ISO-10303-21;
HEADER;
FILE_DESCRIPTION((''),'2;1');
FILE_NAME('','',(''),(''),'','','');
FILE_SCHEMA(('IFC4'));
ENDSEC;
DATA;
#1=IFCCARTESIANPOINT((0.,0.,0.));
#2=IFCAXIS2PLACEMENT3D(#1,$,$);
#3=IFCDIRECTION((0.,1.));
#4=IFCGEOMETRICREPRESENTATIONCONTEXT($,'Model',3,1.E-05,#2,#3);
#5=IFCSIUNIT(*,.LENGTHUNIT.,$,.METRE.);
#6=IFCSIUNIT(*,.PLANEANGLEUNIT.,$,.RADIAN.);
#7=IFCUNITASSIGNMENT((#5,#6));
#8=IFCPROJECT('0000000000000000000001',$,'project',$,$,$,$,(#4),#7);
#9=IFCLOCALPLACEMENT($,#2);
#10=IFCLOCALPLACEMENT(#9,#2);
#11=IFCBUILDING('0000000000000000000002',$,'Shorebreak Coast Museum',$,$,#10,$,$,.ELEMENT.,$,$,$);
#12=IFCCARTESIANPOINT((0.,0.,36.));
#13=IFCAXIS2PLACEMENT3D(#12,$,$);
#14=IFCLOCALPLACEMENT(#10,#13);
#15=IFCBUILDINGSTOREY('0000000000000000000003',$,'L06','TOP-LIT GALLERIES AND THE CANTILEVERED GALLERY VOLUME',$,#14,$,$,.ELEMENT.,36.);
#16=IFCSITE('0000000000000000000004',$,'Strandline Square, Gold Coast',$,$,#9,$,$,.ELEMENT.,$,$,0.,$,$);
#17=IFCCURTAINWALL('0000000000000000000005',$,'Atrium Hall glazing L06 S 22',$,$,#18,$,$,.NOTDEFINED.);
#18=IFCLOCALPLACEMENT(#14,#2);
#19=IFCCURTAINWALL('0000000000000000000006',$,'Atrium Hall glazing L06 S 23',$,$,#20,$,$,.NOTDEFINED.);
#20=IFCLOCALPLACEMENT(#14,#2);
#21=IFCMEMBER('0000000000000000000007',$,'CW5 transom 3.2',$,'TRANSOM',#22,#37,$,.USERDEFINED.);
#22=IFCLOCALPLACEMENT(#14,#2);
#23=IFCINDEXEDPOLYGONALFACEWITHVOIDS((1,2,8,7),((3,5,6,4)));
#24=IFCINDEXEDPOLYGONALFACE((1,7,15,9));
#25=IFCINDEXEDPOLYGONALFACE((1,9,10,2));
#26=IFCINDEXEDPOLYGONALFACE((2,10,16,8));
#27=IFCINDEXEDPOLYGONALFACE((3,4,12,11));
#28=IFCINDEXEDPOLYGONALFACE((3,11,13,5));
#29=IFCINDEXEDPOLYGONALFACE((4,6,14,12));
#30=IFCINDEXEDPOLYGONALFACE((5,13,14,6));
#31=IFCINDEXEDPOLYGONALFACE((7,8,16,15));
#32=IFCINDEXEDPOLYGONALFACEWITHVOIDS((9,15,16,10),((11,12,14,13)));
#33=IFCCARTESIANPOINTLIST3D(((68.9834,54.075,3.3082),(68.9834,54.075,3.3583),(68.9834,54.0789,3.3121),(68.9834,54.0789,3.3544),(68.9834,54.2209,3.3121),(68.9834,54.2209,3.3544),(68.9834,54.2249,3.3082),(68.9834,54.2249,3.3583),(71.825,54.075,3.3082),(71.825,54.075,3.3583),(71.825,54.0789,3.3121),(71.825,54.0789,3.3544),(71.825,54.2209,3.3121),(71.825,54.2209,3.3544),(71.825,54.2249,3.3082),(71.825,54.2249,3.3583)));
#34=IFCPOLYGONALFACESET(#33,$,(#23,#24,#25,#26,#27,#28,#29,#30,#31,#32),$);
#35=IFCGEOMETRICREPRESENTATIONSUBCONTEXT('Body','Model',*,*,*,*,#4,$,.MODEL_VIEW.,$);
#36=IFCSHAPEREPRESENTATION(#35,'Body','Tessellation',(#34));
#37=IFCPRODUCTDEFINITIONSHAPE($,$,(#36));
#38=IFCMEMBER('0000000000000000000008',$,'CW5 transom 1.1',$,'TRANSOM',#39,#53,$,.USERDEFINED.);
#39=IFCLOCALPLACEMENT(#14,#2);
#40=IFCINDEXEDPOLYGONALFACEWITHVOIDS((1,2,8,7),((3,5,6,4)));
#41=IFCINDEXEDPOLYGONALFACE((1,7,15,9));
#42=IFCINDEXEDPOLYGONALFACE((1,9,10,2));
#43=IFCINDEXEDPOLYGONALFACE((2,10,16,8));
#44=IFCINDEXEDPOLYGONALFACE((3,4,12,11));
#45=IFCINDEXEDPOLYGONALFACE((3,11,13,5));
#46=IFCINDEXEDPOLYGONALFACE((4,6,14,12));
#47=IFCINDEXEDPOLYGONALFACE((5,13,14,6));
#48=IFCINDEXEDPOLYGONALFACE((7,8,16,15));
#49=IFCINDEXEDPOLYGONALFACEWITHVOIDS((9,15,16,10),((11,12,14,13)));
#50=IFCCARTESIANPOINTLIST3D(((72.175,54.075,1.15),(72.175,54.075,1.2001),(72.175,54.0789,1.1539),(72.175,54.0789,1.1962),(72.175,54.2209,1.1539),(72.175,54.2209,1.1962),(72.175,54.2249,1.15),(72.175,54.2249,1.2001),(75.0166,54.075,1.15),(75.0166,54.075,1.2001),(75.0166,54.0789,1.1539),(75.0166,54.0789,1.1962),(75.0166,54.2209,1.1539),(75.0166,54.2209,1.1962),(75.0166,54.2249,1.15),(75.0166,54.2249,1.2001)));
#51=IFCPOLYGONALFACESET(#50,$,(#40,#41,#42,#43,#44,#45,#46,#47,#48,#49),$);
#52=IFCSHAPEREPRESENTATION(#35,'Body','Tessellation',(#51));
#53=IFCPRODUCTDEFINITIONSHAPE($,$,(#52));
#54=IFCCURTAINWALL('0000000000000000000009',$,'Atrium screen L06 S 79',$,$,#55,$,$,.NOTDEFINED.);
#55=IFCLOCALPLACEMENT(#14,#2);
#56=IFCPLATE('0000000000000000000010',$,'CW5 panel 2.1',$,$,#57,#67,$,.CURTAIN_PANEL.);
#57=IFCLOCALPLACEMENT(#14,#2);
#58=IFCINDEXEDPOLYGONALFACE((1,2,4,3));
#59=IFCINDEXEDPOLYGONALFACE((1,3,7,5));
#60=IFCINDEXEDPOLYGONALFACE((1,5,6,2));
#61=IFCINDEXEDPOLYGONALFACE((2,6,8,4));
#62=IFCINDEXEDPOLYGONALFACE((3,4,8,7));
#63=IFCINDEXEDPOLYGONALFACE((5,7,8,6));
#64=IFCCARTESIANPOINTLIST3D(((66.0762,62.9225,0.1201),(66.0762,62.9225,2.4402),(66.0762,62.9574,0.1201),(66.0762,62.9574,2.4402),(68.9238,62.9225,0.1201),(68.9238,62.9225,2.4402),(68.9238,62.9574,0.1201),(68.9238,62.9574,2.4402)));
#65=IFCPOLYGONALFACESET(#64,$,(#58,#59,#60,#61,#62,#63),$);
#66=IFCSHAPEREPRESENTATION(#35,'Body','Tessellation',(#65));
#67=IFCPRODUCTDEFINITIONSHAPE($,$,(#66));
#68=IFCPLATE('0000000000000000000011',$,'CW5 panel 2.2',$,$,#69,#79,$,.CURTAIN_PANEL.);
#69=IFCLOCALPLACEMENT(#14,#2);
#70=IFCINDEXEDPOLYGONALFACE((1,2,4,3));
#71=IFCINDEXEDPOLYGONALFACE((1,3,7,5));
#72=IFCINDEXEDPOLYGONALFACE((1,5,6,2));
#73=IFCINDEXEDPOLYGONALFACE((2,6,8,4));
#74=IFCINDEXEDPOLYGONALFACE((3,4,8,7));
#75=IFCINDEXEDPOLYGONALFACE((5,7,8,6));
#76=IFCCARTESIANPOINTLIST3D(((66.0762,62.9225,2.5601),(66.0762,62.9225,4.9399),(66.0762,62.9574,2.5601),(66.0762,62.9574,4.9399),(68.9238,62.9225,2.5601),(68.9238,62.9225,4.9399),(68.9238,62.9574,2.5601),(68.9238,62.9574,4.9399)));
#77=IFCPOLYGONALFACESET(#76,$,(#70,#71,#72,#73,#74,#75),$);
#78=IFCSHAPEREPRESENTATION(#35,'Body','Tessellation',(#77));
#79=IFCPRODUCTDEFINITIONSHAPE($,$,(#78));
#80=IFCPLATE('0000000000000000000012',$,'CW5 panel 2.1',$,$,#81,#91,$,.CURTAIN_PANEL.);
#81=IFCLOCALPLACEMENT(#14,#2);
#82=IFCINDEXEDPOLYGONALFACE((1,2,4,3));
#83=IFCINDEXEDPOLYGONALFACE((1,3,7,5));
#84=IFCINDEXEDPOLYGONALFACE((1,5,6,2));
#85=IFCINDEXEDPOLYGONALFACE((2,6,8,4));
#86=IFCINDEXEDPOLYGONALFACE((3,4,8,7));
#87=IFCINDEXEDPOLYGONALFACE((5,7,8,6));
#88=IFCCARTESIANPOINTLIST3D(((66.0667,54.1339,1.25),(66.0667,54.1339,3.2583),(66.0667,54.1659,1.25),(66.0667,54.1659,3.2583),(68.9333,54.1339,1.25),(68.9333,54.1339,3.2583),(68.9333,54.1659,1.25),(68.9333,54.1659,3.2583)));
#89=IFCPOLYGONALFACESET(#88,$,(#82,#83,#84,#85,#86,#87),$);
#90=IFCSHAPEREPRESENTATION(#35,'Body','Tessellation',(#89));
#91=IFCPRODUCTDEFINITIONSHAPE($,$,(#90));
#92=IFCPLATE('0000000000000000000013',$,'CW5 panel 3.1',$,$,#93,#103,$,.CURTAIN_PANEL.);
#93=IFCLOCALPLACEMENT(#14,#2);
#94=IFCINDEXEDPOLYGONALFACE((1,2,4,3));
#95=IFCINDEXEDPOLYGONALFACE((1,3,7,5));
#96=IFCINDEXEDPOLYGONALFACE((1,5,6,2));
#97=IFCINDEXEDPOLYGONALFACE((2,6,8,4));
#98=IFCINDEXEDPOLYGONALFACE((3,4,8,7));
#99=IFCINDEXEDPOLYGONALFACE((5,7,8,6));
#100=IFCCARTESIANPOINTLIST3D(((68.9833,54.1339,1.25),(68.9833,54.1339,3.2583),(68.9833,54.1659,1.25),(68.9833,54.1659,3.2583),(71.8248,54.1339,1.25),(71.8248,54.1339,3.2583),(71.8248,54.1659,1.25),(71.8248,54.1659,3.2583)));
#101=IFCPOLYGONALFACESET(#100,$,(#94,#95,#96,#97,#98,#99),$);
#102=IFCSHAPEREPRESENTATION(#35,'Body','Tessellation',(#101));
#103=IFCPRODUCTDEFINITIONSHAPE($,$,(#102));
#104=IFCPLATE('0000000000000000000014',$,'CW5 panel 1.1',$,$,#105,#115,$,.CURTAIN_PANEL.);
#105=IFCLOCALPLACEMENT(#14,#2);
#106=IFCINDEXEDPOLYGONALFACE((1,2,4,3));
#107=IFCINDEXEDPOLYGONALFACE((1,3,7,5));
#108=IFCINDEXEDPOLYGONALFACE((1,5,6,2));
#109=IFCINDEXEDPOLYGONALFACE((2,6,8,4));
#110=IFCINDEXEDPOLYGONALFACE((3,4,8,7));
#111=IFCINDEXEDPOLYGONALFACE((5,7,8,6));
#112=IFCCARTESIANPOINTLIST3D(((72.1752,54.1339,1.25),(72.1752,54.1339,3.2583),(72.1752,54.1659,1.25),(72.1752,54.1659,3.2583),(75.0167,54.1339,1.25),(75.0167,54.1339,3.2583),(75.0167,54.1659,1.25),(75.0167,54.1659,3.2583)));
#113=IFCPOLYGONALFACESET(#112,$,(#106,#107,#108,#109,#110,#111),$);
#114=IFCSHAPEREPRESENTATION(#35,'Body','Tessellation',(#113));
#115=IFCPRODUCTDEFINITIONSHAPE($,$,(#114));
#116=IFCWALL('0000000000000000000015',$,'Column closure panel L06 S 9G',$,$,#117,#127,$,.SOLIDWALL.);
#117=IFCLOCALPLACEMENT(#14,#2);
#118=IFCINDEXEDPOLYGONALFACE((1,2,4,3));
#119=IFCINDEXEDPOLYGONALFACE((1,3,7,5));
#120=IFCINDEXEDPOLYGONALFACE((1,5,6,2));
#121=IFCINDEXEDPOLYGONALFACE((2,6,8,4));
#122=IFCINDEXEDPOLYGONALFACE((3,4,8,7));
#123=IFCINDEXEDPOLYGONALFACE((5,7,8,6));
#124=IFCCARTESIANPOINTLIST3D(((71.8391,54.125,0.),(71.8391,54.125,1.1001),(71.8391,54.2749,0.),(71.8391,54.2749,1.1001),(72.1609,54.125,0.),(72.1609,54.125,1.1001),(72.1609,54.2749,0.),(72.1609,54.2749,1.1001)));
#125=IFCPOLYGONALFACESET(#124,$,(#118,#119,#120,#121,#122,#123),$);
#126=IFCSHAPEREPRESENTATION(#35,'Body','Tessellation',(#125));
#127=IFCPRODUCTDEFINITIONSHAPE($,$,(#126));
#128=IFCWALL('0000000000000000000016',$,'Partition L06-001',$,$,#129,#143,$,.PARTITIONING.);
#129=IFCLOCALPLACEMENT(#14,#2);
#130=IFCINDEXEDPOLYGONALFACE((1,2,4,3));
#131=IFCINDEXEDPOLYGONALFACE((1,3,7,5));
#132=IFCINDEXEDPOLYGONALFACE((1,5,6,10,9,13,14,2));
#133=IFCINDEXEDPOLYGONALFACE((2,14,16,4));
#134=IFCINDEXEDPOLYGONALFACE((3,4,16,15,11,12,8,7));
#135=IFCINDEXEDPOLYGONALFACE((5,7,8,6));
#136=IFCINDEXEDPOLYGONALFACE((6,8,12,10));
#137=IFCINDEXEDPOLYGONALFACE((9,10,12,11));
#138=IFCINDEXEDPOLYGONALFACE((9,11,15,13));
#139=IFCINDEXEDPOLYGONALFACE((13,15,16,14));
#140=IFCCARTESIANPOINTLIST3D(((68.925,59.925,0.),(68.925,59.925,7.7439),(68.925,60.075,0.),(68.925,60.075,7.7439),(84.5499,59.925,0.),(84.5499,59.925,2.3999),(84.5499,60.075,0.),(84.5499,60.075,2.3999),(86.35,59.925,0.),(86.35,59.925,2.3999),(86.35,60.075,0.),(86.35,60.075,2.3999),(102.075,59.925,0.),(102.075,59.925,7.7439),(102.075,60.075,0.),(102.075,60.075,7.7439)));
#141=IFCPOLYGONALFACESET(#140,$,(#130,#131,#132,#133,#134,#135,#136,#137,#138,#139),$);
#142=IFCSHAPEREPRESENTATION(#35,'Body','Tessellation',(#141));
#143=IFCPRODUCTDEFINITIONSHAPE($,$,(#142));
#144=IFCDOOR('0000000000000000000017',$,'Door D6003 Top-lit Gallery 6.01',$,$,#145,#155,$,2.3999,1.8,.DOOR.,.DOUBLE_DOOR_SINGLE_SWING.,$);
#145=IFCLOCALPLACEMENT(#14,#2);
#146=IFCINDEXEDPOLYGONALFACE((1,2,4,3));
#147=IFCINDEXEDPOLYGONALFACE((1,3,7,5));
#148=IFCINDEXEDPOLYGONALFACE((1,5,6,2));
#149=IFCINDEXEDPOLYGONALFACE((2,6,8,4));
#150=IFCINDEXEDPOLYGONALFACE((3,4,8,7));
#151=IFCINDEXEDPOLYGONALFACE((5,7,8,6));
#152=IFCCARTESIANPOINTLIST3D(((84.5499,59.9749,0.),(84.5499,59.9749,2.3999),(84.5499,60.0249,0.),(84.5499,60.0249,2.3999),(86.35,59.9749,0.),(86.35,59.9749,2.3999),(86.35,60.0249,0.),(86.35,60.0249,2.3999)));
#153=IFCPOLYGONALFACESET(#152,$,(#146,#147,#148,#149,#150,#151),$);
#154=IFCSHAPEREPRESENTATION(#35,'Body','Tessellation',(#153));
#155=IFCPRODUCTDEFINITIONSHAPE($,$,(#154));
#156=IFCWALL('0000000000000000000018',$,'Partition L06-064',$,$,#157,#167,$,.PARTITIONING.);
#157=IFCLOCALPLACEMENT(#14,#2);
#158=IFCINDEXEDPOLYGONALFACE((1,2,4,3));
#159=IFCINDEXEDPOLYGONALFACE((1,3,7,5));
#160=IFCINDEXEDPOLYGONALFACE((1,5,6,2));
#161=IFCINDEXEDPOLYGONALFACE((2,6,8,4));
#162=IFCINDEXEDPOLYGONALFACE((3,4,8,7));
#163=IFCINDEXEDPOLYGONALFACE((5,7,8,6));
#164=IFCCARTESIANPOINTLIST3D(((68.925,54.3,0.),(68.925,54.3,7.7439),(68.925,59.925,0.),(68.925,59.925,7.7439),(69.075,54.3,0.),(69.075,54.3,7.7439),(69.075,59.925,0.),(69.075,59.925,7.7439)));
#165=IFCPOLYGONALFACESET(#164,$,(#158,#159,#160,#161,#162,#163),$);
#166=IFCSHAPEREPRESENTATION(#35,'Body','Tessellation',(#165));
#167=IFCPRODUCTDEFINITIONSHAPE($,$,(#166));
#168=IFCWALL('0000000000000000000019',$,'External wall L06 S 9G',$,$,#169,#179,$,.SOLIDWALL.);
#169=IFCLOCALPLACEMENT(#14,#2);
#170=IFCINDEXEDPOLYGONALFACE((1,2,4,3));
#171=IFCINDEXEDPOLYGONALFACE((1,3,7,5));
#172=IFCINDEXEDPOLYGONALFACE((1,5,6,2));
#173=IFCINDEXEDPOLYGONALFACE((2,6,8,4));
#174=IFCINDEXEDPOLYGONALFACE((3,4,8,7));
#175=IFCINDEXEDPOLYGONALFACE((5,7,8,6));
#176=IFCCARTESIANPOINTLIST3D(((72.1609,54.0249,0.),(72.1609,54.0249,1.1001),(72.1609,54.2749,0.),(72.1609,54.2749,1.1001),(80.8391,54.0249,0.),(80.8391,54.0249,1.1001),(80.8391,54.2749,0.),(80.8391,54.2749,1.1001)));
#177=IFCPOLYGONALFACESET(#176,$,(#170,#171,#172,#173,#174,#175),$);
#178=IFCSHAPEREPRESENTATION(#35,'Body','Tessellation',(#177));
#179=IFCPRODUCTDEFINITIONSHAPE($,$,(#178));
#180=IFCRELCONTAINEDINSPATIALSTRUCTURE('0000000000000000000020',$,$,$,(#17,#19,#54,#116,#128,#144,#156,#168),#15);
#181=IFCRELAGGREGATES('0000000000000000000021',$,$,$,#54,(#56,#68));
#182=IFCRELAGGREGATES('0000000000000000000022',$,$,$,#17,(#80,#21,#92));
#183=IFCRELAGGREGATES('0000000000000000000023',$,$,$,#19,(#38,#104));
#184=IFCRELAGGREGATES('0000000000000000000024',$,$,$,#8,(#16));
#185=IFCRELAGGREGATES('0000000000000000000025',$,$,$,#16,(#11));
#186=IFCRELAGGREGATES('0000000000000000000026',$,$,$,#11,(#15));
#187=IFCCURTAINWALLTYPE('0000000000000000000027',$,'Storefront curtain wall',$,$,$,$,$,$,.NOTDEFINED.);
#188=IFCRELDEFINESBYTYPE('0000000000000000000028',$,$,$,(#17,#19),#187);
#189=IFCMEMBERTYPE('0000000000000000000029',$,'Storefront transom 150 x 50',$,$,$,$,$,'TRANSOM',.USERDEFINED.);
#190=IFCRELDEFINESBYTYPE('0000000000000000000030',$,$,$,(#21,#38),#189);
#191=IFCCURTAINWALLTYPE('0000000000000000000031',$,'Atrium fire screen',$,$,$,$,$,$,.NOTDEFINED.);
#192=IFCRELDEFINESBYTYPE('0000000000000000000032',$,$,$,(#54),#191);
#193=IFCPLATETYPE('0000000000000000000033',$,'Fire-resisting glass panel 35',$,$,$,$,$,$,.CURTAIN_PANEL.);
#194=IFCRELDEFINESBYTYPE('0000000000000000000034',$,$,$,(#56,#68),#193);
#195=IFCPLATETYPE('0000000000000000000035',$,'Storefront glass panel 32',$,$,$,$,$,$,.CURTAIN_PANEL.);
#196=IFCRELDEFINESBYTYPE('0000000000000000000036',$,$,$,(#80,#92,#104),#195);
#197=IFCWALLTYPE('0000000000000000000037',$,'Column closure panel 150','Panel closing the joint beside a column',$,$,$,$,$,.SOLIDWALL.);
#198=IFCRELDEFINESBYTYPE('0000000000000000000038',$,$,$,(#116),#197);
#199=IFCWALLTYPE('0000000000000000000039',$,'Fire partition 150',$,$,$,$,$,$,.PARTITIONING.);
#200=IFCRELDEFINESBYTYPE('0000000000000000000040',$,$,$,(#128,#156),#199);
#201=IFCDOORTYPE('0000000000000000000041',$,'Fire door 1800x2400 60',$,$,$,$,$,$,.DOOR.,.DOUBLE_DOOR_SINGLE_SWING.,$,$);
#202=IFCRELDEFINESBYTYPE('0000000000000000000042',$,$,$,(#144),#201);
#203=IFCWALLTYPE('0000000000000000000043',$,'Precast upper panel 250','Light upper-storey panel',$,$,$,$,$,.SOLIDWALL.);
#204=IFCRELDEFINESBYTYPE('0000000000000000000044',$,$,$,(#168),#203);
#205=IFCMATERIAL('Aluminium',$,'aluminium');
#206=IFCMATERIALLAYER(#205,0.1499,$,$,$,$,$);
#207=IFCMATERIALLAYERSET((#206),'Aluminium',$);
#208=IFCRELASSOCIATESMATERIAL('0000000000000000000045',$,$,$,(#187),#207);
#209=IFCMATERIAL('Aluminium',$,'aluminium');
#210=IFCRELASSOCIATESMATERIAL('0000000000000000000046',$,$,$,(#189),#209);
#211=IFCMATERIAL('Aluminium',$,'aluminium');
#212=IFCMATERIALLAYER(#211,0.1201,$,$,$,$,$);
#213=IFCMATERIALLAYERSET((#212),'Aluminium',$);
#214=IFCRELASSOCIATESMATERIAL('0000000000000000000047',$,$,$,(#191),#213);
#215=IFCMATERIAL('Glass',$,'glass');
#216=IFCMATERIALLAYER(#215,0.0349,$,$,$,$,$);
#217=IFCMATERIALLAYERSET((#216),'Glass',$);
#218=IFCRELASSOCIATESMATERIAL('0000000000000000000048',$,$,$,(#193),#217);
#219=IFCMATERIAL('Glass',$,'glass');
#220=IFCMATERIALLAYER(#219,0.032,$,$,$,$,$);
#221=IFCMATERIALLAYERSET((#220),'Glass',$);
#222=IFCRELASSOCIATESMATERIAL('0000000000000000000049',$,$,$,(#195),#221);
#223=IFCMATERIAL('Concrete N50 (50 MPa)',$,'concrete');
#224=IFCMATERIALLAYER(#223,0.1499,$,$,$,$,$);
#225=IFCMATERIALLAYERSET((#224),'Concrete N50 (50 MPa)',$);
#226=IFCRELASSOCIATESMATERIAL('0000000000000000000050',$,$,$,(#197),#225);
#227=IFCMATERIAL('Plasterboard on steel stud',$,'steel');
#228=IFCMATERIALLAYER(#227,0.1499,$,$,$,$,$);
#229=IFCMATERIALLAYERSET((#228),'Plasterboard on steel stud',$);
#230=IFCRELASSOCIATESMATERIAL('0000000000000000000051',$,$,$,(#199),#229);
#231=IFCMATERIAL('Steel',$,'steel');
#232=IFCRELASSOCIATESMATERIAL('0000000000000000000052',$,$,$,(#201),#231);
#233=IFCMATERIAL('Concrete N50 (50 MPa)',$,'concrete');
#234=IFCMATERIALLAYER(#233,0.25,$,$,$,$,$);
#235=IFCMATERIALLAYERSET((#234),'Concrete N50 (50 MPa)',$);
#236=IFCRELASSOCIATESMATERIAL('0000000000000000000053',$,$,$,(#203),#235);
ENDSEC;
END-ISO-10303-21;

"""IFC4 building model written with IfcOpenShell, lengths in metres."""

from ifc_helpers import new_model, si_unit, direction, frame, frame_2d, origin, origin_2d, place, context, subcontext, project, spatial, rectangle, hollow_rectangle, extrude, material, layer, layer_set, material_profile, profile_set, type_object, element, fill, aggregate, save


model = new_model("IFC4")

# Units and contexts
model_context = context("Model", 3, precision=1e-05, world=origin(), true_north=direction((0.0, 1.0)))
body_context = subcontext(model_context, "Body", "Model", "MODEL_VIEW")
ifc_project = project(units=[si_unit("LENGTHUNIT", "METRE"), si_unit("PLANEANGLEUNIT", "RADIAN")], contexts=[model_context])

# Site, building, storey
site_placement = place(None, origin())
site = spatial("IfcSite", under=ifc_project, at=site_placement, Name="Strandline Square, Gold Coast", CompositionType="ELEMENT", RefElevation=0.0)
building_placement = place(site_placement, origin())
building = spatial("IfcBuilding", under=site, at=building_placement, Name="Shorebreak Coast Museum", CompositionType="ELEMENT")
storey_placement = place(building_placement, frame((0.0, 0.0, 36.0)))
storey = spatial("IfcBuildingStorey", under=building, at=storey_placement, Name="L06", Description="TOP-LIT GALLERIES AND THE CANTILEVERED GALLERY VOLUME", CompositionType="ELEMENT", Elevation=36.0)

# Curtain walls
ifc_material_1 = material(Name="Aluminium", Category="aluminium")
ifc_layer_1 = layer(ifc_material_1, 0.1499)
ifc_layer_set_1 = layer_set([ifc_layer_1], Name="Aluminium")
curtain_wall_type_1 = type_object("IfcCurtainWallType", Name="Storefront curtain wall", PredefinedType="NOTDEFINED", material=ifc_layer_set_1)
curtain_wall_1_placement = place(storey_placement, origin())
curtain_wall_1 = element("IfcCurtainWall", 1, at=curtain_wall_1_placement, inside=storey, type_object=curtain_wall_type_1, Name="Atrium Hall glazing L06 S 22", PredefinedType="NOTDEFINED")
curtain_wall_2_placement = place(storey_placement, origin())
curtain_wall_2 = element("IfcCurtainWall", 2, at=curtain_wall_2_placement, inside=storey, type_object=curtain_wall_type_1, Name="Atrium Hall glazing L06 S 23", PredefinedType="NOTDEFINED")

# Members
ifc_material_2 = material(Name="Aluminium", Category="aluminium")
ifc_material_profile_1 = material_profile(ifc_material_2, hollow_rectangle(XDim=0.1499, YDim=0.05, WallThickness=0.0039, at=origin_2d()), Name="AL 50x150 RHS")
ifc_profile_set_1 = profile_set([ifc_material_profile_1], Name="Aluminium")
member_type_1 = type_object("IfcMemberType", Name="Storefront transom 150 x 50", ElementType="TRANSOM", PredefinedType="USERDEFINED", material=ifc_profile_set_1)
member_1_placement = place(storey_placement, frame((68.9834, 54.1499, 3.3333), z_axis=(1.0, 0.0, 0.0), x_axis=(0.0, 1.0, 0.0)))
member_1 = element("IfcMember", 3, at=member_1_placement, type_object=member_type_1, Name="CW5 transom 3.2", ObjectType="TRANSOM", PredefinedType="USERDEFINED", context=body_context, shape_type="SweptSolid", body=[
    extrude(hollow_rectangle(XDim=0.1499, YDim=0.05, WallThickness=0.0039, at=origin_2d()), origin(), (0.0, 0.0, 1.0), 2.8416),
])
member_2_placement = place(storey_placement, frame((72.175, 54.1499, 1.175), z_axis=(1.0, 0.0, 0.0), x_axis=(0.0, 1.0, 0.0)))
member_2 = element("IfcMember", 4, at=member_2_placement, type_object=member_type_1, Name="CW5 transom 1.1", ObjectType="TRANSOM", PredefinedType="USERDEFINED", context=body_context, shape_type="SweptSolid", body=[
    extrude(hollow_rectangle(XDim=0.1499, YDim=0.05, WallThickness=0.0039, at=origin_2d()), origin(), (0.0, 0.0, 1.0), 2.8416),
])

# Curtain wall, plates
ifc_material_3 = material(Name="Aluminium", Category="aluminium")
ifc_layer_2 = layer(ifc_material_3, 0.1201)
ifc_layer_set_2 = layer_set([ifc_layer_2], Name="Aluminium")
curtain_wall_type_2 = type_object("IfcCurtainWallType", Name="Atrium fire screen", PredefinedType="NOTDEFINED", material=ifc_layer_set_2)
curtain_wall_3_placement = place(storey_placement, origin())
curtain_wall_3 = element("IfcCurtainWall", 5, at=curtain_wall_3_placement, inside=storey, type_object=curtain_wall_type_2, Name="Atrium screen L06 S 79", PredefinedType="NOTDEFINED")
ifc_material_4 = material(Name="Glass", Category="glass")
ifc_layer_3 = layer(ifc_material_4, 0.0349)
ifc_layer_set_3 = layer_set([ifc_layer_3], Name="Glass")
plate_type_1 = type_object("IfcPlateType", Name="Fire-resisting glass panel 35", PredefinedType="CURTAIN_PANEL", material=ifc_layer_set_3)
plate_1_placement = place(storey_placement, frame((67.5, 62.9399, 0.1201), z_axis=(0.0, 0.0, 1.0), x_axis=(1.0, 0.0, 0.0)))
plate_1 = element("IfcPlate", 6, at=plate_1_placement, type_object=plate_type_1, Name="CW5 panel 2.1", PredefinedType="CURTAIN_PANEL", context=body_context, shape_type="SweptSolid", body=[
    extrude(rectangle(XDim=2.8477, YDim=0.0349, at=origin_2d()), origin(), (0.0, 0.0, 1.0), 2.3201),
])
plate_2_placement = place(storey_placement, frame((67.5, 62.9399, 2.5601), z_axis=(0.0, 0.0, 1.0), x_axis=(1.0, 0.0, 0.0)))
plate_2 = element("IfcPlate", 7, at=plate_2_placement, type_object=plate_type_1, Name="CW5 panel 2.2", PredefinedType="CURTAIN_PANEL", context=body_context, shape_type="SweptSolid", body=[
    extrude(rectangle(XDim=2.8477, YDim=0.0349, at=origin_2d()), origin(), (0.0, 0.0, 1.0), 2.3799),
])
aggregate(curtain_wall_3, [plate_1, plate_2])

# Plates
ifc_material_5 = material(Name="Glass", Category="glass")
ifc_layer_4 = layer(ifc_material_5, 0.032)
ifc_layer_set_4 = layer_set([ifc_layer_4], Name="Glass")
plate_type_2 = type_object("IfcPlateType", Name="Storefront glass panel 32", PredefinedType="CURTAIN_PANEL", material=ifc_layer_set_4)
plate_3_placement = place(storey_placement, frame((67.5, 54.1499, 1.25), z_axis=(0.0, 0.0, 1.0), x_axis=(1.0, 0.0, 0.0)))
plate_3 = element("IfcPlate", 8, at=plate_3_placement, type_object=plate_type_2, Name="CW5 panel 2.1", PredefinedType="CURTAIN_PANEL", context=body_context, shape_type="SweptSolid", body=[
    extrude(rectangle(XDim=2.8667, YDim=0.032, at=origin_2d()), origin(), (0.0, 0.0, 1.0), 2.0083),
])
plate_4_placement = place(storey_placement, frame((70.4041, 54.1499, 1.25), z_axis=(0.0, 0.0, 1.0), x_axis=(1.0, 0.0, 0.0)))
plate_4 = element("IfcPlate", 9, at=plate_4_placement, type_object=plate_type_2, Name="CW5 panel 3.1", PredefinedType="CURTAIN_PANEL", context=body_context, shape_type="SweptSolid", body=[
    extrude(rectangle(XDim=2.8416, YDim=0.032, at=origin_2d()), origin(), (0.0, 0.0, 1.0), 2.0083),
])
aggregate(curtain_wall_1, [plate_3, member_1, plate_4])
plate_5_placement = place(storey_placement, frame((73.5959, 54.1499, 1.25), z_axis=(0.0, 0.0, 1.0), x_axis=(1.0, 0.0, 0.0)))
plate_5 = element("IfcPlate", 10, at=plate_5_placement, type_object=plate_type_2, Name="CW5 panel 1.1", PredefinedType="CURTAIN_PANEL", context=body_context, shape_type="SweptSolid", body=[
    extrude(rectangle(XDim=2.8416, YDim=0.032, at=origin_2d()), origin(), (0.0, 0.0, 1.0), 2.0083),
])
aggregate(curtain_wall_2, [member_2, plate_5])

# Wall
ifc_material_6 = material(Name="Concrete N50 (50 MPa)", Category="concrete")
ifc_layer_5 = layer(ifc_material_6, 0.1499)
ifc_layer_set_5 = layer_set([ifc_layer_5], Name="Concrete N50 (50 MPa)")
wall_type_1 = type_object("IfcWallType", Name="Column closure panel 150", Description="Panel closing the joint beside a column", PredefinedType="SOLIDWALL", material=ifc_layer_set_5)
wall_1_placement = place(storey_placement, frame((71.8391, 54.2, 0.0), z_axis=(0.0, 0.0, 1.0), x_axis=(1.0, 0.0, 0.0)))
element("IfcWall", 11, at=wall_1_placement, inside=storey, type_object=wall_type_1, Name="Column closure panel L06 S 9G", PredefinedType="SOLIDWALL", context=body_context, shape_type="SweptSolid", body=[
    extrude(rectangle(XDim=0.3218, YDim=0.1499, at=frame_2d((0.1609, 0.0))), origin(), (0.0, 0.0, 1.0), 1.1001),
])

# Wall, opening, door
ifc_material_7 = material(Name="Plasterboard on steel stud", Category="steel")
ifc_layer_6 = layer(ifc_material_7, 0.1499)
ifc_layer_set_6 = layer_set([ifc_layer_6], Name="Plasterboard on steel stud")
wall_type_2 = type_object("IfcWallType", Name="Fire partition 150", PredefinedType="PARTITIONING", material=ifc_layer_set_6)
wall_2_placement = place(storey_placement, frame((68.925, 60.0, 0.0), z_axis=(0.0, 0.0, 1.0), x_axis=(1.0, 0.0, 0.0)))
wall_2 = element("IfcWall", 12, at=wall_2_placement, inside=storey, type_object=wall_type_2, Name="Partition L06-001", PredefinedType="PARTITIONING", context=body_context, shape_type="SweptSolid", body=[
    extrude(rectangle(XDim=33.1499, YDim=0.1499, at=frame_2d((16.575, 0.0))), origin(), (0.0, 0.0, 1.0), 7.7439),
])
opening_placement = place(wall_2_placement, frame((15.625, 0.0, 0.0)))
opening = element("IfcOpeningElement", 13, at=opening_placement, cuts=wall_2, PredefinedType="OPENING", context=body_context, shape_type="SweptSolid", body=[
    extrude(rectangle(XDim=1.8, YDim=2.3999, at=frame_2d((0.8999, 1.2))), frame((0.0, 0.085, 0.0), z_axis=(0.0, -1.0, 0.0), x_axis=(1.0, 0.0, 0.0)), (0.0, 0.0, 1.0), 0.1699),
])
ifc_material_8 = material(Name="Steel", Category="steel")
door_type = type_object("IfcDoorType", Name="Fire door 1800x2400 60", OperationType="DOUBLE_DOOR_SINGLE_SWING", PredefinedType="DOOR", material=ifc_material_8)
door_placement = place(opening_placement, origin())
door = element("IfcDoor", 14, at=door_placement, inside=storey, type_object=door_type, Name="Door D6003 Top-lit Gallery 6.01", OperationType="DOUBLE_DOOR_SINGLE_SWING", OverallHeight=2.3999, OverallWidth=1.8, PredefinedType="DOOR", context=body_context, shape_type="SweptSolid", body=[
    extrude(rectangle(XDim=1.8, YDim=2.3999, at=frame_2d((0.8999, 1.2))), frame((0.0, 0.0249, 0.0), z_axis=(0.0, -1.0, 0.0), x_axis=(1.0, 0.0, 0.0)), (0.0, 0.0, 1.0), 0.05),
])
fill(opening, door)

# Walls
wall_3_placement = place(storey_placement, frame((69.0, 54.3, 0.0), z_axis=(0.0, 0.0, 1.0), x_axis=(0.0, 1.0, 0.0)))
element("IfcWall", 15, at=wall_3_placement, inside=storey, type_object=wall_type_2, Name="Partition L06-064", PredefinedType="PARTITIONING", context=body_context, shape_type="SweptSolid", body=[
    extrude(rectangle(XDim=5.625, YDim=0.1499, at=frame_2d((2.8125, 0.0))), origin(), (0.0, 0.0, 1.0), 7.7439),
])
ifc_material_9 = material(Name="Concrete N50 (50 MPa)", Category="concrete")
ifc_layer_7 = layer(ifc_material_9, 0.25)
ifc_layer_set_7 = layer_set([ifc_layer_7], Name="Concrete N50 (50 MPa)")
wall_type_3 = type_object("IfcWallType", Name="Precast upper panel 250", Description="Light upper-storey panel", PredefinedType="SOLIDWALL", material=ifc_layer_set_7)
wall_4_placement = place(storey_placement, frame((72.1609, 54.1499, 0.0), z_axis=(0.0, 0.0, 1.0), x_axis=(1.0, 0.0, 0.0)))
element("IfcWall", 16, at=wall_4_placement, inside=storey, type_object=wall_type_3, Name="External wall L06 S 9G", PredefinedType="SOLIDWALL", context=body_context, shape_type="SweptSolid", body=[
    extrude(rectangle(XDim=8.6782, YDim=0.25, at=frame_2d((4.3391, 0.0))), origin(), (0.0, 0.0, 1.0), 1.1001),
])

save(model, "model.ifc")
